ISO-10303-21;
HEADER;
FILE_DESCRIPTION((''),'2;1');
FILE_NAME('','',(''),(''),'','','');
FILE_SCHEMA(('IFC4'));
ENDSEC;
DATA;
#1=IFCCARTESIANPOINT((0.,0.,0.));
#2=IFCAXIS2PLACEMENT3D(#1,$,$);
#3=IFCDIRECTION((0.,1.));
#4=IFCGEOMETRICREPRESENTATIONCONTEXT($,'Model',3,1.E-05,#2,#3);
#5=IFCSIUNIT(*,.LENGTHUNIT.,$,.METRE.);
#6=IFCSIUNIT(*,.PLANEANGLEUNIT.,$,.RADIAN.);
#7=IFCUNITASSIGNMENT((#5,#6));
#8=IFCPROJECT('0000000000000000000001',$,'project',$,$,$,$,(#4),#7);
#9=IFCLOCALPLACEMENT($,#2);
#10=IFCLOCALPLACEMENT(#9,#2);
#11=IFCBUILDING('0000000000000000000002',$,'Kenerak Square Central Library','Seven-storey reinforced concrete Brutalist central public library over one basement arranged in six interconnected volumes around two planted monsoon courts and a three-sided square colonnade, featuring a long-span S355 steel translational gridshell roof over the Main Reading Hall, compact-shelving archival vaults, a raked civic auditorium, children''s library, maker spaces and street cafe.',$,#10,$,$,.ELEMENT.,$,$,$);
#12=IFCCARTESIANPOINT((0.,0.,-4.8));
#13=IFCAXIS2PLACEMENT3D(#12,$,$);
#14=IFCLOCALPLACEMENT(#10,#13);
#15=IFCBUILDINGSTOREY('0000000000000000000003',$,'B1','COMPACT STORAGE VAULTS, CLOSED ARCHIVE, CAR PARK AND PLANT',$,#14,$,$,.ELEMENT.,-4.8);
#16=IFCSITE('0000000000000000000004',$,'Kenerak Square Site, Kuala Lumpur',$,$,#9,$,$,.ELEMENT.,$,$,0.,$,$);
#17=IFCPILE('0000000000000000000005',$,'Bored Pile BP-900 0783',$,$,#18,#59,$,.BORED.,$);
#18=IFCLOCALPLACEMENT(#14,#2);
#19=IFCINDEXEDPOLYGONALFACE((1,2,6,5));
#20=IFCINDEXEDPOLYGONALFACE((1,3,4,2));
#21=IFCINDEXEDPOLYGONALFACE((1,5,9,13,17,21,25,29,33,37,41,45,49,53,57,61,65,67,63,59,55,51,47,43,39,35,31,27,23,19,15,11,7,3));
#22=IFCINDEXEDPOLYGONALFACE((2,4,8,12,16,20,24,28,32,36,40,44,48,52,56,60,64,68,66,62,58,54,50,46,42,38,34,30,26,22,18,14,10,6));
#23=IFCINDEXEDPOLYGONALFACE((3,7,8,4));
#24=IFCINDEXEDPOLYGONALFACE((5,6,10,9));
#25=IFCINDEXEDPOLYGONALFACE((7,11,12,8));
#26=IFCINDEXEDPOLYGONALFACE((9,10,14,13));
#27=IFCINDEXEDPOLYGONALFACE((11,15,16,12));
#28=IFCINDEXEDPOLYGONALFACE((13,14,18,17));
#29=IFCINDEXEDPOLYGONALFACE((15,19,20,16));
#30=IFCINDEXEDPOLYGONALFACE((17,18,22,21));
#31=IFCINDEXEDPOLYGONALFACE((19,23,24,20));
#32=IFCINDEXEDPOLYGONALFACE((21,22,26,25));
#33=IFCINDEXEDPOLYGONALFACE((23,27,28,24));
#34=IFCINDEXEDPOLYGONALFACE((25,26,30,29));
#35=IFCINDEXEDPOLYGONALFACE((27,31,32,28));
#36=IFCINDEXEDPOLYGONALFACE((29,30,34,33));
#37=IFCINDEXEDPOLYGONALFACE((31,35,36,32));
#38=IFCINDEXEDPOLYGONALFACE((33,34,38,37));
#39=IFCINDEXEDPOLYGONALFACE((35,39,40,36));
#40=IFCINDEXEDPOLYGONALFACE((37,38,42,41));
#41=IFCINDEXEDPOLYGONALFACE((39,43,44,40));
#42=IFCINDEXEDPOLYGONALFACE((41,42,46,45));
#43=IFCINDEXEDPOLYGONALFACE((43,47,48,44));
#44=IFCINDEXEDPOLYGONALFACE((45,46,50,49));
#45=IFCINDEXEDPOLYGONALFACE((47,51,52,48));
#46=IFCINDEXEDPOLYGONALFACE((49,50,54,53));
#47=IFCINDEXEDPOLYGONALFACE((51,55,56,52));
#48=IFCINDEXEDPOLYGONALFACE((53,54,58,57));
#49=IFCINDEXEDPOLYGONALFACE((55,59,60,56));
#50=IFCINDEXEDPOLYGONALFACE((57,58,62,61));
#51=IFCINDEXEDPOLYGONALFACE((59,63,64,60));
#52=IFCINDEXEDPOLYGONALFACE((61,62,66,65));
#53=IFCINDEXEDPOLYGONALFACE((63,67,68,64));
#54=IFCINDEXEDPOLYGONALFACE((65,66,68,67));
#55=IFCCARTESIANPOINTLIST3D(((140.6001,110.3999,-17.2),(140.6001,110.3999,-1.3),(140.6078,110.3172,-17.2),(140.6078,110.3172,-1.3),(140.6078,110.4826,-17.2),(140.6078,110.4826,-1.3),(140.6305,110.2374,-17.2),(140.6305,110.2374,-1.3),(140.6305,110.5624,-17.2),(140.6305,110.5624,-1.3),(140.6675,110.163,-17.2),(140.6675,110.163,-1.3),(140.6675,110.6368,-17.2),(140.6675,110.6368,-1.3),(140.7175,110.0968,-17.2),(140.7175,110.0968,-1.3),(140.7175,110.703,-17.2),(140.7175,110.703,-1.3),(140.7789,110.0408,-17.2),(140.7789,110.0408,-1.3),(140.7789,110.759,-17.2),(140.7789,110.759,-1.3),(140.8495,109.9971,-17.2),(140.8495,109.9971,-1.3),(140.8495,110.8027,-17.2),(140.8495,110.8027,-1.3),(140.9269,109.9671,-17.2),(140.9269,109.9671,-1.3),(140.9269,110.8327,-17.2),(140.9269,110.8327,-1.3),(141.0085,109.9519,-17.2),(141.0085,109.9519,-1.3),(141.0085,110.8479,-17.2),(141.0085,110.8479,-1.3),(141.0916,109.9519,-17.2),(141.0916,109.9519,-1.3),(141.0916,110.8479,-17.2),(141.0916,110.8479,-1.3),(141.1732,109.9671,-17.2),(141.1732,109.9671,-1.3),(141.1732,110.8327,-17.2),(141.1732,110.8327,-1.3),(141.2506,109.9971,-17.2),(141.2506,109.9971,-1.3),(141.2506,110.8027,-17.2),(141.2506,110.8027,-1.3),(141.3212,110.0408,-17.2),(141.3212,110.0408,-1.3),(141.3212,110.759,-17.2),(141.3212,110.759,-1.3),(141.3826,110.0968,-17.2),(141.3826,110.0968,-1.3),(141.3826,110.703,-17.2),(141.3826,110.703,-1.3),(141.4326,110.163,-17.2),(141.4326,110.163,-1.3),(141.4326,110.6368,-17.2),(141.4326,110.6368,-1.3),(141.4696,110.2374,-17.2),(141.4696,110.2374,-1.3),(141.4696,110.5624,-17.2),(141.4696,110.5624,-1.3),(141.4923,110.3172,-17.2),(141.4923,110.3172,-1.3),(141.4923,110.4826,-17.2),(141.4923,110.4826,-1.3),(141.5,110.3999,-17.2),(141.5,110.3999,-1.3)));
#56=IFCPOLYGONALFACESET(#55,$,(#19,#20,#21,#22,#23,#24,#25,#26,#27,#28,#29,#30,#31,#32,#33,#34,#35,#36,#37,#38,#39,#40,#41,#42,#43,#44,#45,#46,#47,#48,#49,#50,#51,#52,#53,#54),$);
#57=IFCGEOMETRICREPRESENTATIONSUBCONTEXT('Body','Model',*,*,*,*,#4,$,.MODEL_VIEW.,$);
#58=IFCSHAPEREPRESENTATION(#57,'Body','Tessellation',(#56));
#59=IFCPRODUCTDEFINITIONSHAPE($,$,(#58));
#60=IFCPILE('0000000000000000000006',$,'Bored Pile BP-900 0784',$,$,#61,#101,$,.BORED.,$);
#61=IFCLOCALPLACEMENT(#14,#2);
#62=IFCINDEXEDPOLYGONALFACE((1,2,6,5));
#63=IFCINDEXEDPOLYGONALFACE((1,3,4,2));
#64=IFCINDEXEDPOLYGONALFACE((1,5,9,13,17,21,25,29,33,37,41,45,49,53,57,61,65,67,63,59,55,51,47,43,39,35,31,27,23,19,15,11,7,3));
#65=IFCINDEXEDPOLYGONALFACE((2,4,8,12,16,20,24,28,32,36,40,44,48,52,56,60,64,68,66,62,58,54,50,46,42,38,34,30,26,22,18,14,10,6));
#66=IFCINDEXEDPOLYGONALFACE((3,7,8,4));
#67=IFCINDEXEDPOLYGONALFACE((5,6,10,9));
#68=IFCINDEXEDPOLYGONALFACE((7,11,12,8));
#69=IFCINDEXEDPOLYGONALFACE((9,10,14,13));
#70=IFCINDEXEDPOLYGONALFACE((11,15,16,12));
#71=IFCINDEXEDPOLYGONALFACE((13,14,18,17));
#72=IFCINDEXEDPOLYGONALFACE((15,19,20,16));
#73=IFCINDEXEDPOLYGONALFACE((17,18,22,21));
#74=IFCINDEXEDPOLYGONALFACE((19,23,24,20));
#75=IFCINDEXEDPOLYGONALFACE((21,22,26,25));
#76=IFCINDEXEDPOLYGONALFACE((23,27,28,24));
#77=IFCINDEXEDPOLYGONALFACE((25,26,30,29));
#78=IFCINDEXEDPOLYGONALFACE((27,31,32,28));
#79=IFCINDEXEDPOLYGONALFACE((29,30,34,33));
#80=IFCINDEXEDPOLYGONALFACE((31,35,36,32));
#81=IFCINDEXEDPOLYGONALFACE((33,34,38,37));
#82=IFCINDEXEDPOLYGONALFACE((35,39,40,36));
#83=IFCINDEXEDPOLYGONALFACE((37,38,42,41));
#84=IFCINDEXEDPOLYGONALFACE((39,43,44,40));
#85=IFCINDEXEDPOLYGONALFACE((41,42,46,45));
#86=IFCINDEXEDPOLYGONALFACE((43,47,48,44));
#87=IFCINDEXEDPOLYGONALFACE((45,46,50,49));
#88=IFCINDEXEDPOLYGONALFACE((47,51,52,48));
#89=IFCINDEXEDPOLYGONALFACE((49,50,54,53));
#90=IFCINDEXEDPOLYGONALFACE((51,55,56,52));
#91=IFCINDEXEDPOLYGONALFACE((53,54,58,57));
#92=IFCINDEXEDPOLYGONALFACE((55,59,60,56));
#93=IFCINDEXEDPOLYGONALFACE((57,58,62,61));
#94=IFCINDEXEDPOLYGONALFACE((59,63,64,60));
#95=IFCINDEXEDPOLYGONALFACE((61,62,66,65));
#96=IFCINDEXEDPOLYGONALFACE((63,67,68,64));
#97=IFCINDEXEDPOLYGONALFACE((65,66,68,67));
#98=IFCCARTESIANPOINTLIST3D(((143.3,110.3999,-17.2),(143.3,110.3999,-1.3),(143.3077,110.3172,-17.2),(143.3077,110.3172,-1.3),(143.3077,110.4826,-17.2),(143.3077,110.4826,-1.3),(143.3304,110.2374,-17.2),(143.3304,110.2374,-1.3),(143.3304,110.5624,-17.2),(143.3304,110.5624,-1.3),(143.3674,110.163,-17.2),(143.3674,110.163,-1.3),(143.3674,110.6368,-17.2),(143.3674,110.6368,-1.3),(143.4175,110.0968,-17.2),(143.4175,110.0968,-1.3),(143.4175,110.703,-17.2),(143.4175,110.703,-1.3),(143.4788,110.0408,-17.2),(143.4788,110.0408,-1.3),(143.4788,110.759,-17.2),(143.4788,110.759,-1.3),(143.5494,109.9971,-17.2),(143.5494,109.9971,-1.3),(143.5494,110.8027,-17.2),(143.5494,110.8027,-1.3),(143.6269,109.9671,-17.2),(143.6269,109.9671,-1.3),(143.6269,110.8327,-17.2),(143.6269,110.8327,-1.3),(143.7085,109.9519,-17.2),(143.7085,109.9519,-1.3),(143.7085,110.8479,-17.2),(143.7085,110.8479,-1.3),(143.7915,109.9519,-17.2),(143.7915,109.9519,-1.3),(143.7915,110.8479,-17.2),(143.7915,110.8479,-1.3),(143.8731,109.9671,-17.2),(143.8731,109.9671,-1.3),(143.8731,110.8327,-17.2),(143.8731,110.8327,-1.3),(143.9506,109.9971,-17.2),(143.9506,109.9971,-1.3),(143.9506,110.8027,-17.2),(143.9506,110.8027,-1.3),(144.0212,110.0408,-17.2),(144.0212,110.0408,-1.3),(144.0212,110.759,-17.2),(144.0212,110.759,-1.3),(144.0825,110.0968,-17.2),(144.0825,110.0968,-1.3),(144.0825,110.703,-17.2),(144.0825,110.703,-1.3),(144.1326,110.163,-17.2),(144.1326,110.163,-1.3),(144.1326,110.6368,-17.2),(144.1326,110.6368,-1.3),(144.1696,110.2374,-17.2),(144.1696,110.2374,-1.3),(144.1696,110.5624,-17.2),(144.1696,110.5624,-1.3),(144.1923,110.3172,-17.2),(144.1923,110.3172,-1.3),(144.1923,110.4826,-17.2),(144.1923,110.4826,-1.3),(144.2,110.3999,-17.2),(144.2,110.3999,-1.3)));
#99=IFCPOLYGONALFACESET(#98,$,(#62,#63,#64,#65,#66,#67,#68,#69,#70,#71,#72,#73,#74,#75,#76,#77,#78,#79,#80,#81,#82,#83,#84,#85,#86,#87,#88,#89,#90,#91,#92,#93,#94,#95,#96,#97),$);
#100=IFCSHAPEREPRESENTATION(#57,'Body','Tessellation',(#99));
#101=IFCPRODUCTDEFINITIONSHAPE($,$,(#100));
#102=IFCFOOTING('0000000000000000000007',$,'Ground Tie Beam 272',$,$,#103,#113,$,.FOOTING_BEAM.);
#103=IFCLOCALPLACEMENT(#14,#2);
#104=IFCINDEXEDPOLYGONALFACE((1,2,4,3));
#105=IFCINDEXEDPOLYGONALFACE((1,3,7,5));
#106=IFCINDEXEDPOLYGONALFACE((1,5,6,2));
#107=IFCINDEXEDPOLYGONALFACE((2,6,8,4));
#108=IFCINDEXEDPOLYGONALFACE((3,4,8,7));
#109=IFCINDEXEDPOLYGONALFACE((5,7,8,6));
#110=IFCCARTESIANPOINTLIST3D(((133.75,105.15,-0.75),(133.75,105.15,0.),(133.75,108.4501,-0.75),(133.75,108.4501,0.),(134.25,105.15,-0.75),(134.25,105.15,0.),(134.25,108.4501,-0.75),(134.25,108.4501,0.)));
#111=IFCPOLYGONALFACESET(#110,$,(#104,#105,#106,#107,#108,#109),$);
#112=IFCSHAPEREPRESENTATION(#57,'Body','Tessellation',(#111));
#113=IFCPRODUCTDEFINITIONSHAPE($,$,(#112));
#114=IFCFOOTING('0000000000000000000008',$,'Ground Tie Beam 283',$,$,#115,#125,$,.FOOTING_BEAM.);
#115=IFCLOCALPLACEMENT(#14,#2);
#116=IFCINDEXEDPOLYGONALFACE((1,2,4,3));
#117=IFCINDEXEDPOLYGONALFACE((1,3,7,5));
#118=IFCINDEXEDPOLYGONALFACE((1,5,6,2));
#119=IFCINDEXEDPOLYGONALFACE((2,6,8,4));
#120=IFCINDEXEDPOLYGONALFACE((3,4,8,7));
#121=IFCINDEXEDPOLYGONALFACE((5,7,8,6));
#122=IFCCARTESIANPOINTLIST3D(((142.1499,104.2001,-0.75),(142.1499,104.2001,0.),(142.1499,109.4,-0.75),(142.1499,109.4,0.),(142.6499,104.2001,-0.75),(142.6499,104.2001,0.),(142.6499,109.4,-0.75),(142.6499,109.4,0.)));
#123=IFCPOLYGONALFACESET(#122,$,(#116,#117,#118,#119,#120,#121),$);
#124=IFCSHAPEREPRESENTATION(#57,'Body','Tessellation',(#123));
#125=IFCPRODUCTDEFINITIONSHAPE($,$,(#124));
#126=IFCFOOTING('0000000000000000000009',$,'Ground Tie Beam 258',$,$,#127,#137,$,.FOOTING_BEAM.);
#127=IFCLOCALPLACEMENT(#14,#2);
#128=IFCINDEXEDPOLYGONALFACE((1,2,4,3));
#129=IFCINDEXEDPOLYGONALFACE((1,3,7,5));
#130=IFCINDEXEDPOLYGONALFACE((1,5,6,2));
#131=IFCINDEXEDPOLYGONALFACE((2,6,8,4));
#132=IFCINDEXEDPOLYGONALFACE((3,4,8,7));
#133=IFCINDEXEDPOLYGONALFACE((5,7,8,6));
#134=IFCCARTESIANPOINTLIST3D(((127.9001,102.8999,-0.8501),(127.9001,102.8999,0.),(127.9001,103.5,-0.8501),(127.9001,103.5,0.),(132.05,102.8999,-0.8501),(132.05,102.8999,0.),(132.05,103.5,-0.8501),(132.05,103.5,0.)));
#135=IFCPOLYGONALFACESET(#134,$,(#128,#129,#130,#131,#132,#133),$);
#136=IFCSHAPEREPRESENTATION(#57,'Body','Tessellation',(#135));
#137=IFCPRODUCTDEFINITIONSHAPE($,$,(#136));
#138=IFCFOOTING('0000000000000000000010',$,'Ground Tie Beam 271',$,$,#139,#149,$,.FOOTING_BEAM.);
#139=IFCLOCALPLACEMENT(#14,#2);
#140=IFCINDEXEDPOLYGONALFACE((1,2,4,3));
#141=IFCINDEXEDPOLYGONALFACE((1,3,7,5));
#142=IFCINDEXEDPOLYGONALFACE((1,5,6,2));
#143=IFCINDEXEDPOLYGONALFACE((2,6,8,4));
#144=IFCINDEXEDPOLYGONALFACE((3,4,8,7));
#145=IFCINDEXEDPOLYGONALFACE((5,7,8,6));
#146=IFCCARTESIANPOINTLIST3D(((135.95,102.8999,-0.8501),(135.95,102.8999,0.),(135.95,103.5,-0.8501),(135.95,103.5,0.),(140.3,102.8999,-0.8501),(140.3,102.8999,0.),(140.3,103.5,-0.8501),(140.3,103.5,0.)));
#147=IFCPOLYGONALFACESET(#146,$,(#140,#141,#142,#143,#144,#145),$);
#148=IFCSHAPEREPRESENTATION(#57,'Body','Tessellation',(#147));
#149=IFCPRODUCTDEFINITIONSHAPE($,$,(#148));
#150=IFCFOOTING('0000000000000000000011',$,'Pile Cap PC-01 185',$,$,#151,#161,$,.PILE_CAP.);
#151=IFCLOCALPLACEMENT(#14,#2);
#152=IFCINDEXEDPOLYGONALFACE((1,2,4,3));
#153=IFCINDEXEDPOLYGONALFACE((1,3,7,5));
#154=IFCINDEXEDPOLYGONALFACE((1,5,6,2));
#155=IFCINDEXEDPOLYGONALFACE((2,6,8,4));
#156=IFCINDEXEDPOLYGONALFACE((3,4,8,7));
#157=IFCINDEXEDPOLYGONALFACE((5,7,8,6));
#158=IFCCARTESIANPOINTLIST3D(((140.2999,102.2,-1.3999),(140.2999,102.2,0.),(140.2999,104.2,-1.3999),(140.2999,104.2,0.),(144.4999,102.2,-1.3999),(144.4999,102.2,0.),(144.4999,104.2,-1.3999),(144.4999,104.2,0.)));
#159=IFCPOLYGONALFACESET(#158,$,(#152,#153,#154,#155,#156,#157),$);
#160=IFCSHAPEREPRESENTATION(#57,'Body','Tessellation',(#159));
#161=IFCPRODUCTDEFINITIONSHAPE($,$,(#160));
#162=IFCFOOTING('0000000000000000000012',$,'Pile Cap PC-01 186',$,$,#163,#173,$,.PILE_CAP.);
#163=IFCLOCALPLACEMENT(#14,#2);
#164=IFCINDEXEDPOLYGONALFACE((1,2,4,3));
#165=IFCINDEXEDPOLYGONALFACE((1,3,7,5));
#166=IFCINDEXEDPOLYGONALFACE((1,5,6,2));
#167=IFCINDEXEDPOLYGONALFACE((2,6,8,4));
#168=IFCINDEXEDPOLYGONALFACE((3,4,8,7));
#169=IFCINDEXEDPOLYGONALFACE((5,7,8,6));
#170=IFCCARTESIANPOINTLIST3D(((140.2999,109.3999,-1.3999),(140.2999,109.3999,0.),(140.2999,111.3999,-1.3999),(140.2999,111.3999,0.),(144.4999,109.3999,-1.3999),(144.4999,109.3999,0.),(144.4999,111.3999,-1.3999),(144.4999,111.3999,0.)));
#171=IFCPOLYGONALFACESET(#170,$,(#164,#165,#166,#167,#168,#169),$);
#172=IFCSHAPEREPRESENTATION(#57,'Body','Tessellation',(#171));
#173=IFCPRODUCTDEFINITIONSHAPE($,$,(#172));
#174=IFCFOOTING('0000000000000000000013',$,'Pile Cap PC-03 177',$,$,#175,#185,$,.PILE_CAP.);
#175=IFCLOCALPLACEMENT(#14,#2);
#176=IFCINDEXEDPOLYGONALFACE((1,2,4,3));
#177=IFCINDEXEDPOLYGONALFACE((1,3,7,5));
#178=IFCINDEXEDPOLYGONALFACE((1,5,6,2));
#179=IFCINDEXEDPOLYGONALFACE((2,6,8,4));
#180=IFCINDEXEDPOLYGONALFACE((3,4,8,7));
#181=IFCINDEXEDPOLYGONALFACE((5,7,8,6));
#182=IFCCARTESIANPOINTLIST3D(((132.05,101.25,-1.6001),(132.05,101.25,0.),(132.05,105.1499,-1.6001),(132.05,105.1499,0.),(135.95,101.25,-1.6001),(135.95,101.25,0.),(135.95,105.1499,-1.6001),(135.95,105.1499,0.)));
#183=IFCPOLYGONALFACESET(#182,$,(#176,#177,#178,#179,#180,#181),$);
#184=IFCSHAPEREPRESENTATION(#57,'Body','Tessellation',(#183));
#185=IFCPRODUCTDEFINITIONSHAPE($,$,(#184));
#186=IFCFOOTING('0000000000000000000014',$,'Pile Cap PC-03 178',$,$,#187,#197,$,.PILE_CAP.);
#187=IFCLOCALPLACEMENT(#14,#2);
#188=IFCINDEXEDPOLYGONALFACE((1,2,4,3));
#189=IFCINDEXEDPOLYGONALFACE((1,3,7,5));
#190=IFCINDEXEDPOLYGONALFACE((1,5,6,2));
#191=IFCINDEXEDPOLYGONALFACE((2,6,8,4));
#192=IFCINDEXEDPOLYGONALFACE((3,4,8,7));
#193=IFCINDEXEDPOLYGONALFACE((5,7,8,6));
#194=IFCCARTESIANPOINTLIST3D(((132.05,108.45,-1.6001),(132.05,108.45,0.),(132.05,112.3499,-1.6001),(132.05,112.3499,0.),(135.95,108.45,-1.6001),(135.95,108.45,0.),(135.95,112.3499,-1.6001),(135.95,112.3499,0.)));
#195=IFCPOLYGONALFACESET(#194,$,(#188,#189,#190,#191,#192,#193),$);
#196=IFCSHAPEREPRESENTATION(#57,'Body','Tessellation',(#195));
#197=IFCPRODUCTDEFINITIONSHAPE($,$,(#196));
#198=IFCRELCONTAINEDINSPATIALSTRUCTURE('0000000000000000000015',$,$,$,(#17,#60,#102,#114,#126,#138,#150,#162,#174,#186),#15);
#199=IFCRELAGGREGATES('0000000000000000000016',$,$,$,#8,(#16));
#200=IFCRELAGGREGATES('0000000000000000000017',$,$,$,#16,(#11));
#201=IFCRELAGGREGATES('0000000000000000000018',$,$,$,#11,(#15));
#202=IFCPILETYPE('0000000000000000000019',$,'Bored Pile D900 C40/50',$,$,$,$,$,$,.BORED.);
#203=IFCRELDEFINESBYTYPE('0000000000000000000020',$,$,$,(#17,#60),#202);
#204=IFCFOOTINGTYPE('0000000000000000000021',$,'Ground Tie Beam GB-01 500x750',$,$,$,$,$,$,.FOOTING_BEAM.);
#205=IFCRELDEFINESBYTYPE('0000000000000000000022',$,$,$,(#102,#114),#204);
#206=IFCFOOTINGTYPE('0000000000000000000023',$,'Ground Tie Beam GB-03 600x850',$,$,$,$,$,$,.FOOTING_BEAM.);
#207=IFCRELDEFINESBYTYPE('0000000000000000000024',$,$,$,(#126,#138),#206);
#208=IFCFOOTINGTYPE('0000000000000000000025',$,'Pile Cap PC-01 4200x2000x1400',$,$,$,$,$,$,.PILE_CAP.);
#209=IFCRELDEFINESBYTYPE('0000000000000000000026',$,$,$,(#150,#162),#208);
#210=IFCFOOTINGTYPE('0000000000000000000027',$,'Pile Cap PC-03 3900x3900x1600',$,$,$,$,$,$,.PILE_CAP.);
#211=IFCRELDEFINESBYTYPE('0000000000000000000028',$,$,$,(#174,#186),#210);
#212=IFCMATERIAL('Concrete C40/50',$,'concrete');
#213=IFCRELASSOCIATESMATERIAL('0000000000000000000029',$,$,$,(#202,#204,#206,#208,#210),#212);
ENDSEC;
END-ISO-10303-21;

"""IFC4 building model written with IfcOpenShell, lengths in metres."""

from ifc_helpers import new_model, si_unit, direction, frame, origin, origin_2d, place, context, subcontext, project, spatial, rectangle, circle, extrude, material, material_profile, profile_set, type_object, element, save


model = new_model("IFC4")

# Units and contexts
model_context = context("Model", 3, precision=1e-05, world=origin(), true_north=direction((0.0, 1.0)))
body_context = subcontext(model_context, "Body", "Model", "MODEL_VIEW")
ifc_project = project(units=[si_unit("LENGTHUNIT", "METRE"), si_unit("PLANEANGLEUNIT", "RADIAN")], contexts=[model_context])

# Site, building, storey
site_placement = place(None, origin())
site = spatial("IfcSite", under=ifc_project, at=site_placement, Name="Kenerak Square Site, Kuala Lumpur", CompositionType="ELEMENT", RefElevation=0.0)
building_placement = place(site_placement, origin())
building = spatial("IfcBuilding", under=site, at=building_placement, Name="Kenerak Square Central Library", Description="Seven-storey reinforced concrete Brutalist central public library over one basement arranged in six interconnected volumes around two planted monsoon courts and a three-sided square colonnade, featuring a long-span S355 steel translational gridshell roof over the Main Reading Hall, compact-shelving archival vaults, a raked civic auditorium, children's library, maker spaces and street cafe.", CompositionType="ELEMENT")
storey_placement = place(building_placement, frame((0.0, 0.0, -4.8)))
storey = spatial("IfcBuildingStorey", under=building, at=storey_placement, Name="B1", Description="COMPACT STORAGE VAULTS, CLOSED ARCHIVE, CAR PARK AND PLANT", CompositionType="ELEMENT", Elevation=-4.8)

# Piles
ifc_material_1 = material(Name="Concrete C40/50", Category="concrete")
ifc_material_profile_1 = material_profile(ifc_material_1, circle(Radius=0.45, at=origin_2d()), Name="BP D900")
ifc_profile_set_1 = profile_set([ifc_material_profile_1], Name="Concrete C40/50")
pile_type_1 = type_object("IfcPileType", Name="Bored Pile D900 C40/50", PredefinedType="BORED", material=ifc_profile_set_1)
for number, where, z_axis, x_axis, name in (
    (1, (141.05, 110.3999, -1.3), (0.0, 0.0, -1.0), (1.0, 0.0, 0.0), "Bored Pile BP-900 0783"),
    (2, (143.75, 110.3999, -1.3), (0.0, 0.0, -1.0), (1.0, 0.0, 0.0), "Bored Pile BP-900 0784"),
):
    element("IfcPile", number, at=place(storey_placement, frame(where, z_axis=z_axis, x_axis=x_axis)), inside=storey, type_object=pile_type_1, Name=name, PredefinedType="BORED", context=body_context, shape_type="SweptSolid", body=[
        extrude(circle(Radius=0.45, at=origin_2d()), origin(), (0.0, 0.0, 1.0), 15.8999),
    ])

# Footings
footing_type_1 = type_object("IfcFootingType", Name="Ground Tie Beam GB-01 500x750", PredefinedType="FOOTING_BEAM", material=ifc_material_1)
footing_1_placement = place(storey_placement, frame((134.0, 106.8, -0.75), z_axis=(0.0, 0.0, 1.0), x_axis=(1.0, 0.0, 0.0)))
element("IfcFooting", 3, at=footing_1_placement, inside=storey, type_object=footing_type_1, Name="Ground Tie Beam 272", PredefinedType="FOOTING_BEAM", context=body_context, shape_type="SweptSolid", body=[
    extrude(rectangle(XDim=0.5, YDim=3.3, at=origin_2d()), origin(), (0.0, 0.0, 1.0), 0.75),
])
footing_2_placement = place(storey_placement, frame((142.3999, 106.8, -0.75), z_axis=(0.0, 0.0, 1.0), x_axis=(1.0, 0.0, 0.0)))
element("IfcFooting", 4, at=footing_2_placement, inside=storey, type_object=footing_type_1, Name="Ground Tie Beam 283", PredefinedType="FOOTING_BEAM", context=body_context, shape_type="SweptSolid", body=[
    extrude(rectangle(XDim=0.5, YDim=5.2, at=origin_2d()), origin(), (0.0, 0.0, 1.0), 0.75),
])
footing_type_2 = type_object("IfcFootingType", Name="Ground Tie Beam GB-03 600x850", PredefinedType="FOOTING_BEAM", material=ifc_material_1)
footing_3_placement = place(storey_placement, frame((129.9751, 103.2, -0.8501), z_axis=(0.0, 0.0, 1.0), x_axis=(1.0, 0.0, 0.0)))
element("IfcFooting", 5, at=footing_3_placement, inside=storey, type_object=footing_type_2, Name="Ground Tie Beam 258", PredefinedType="FOOTING_BEAM", context=body_context, shape_type="SweptSolid", body=[
    extrude(rectangle(XDim=4.1499, YDim=0.6001, at=origin_2d()), origin(), (0.0, 0.0, 1.0), 0.8501),
])
footing_4_placement = place(storey_placement, frame((138.125, 103.2, -0.8501), z_axis=(0.0, 0.0, 1.0), x_axis=(1.0, 0.0, 0.0)))
element("IfcFooting", 6, at=footing_4_placement, inside=storey, type_object=footing_type_2, Name="Ground Tie Beam 271", PredefinedType="FOOTING_BEAM", context=body_context, shape_type="SweptSolid", body=[
    extrude(rectangle(XDim=4.3501, YDim=0.6001, at=origin_2d()), origin(), (0.0, 0.0, 1.0), 0.8501),
])
footing_type_3 = type_object("IfcFootingType", Name="Pile Cap PC-01 4200x2000x1400", PredefinedType="PILE_CAP", material=ifc_material_1)
for number, where, z_axis, x_axis, name in (
    (7, (142.3999, 103.2, -1.3999), (0.0, 0.0, 1.0), (1.0, 0.0, 0.0), "Pile Cap PC-01 185"),
    (8, (142.3999, 110.3999, -1.3999), (0.0, 0.0, 1.0), (1.0, 0.0, 0.0), "Pile Cap PC-01 186"),
):
    element("IfcFooting", number, at=place(storey_placement, frame(where, z_axis=z_axis, x_axis=x_axis)), inside=storey, type_object=footing_type_3, Name=name, PredefinedType="PILE_CAP", context=body_context, shape_type="SweptSolid", body=[
        extrude(rectangle(XDim=4.2, YDim=2.0, at=origin_2d()), origin(), (0.0, 0.0, 1.0), 1.3999),
    ])
footing_type_4 = type_object("IfcFootingType", Name="Pile Cap PC-03 3900x3900x1600", PredefinedType="PILE_CAP", material=ifc_material_1)
for number, where, z_axis, x_axis, name in (
    (9, (134.0, 103.2, -1.6001), (0.0, 0.0, 1.0), (1.0, 0.0, 0.0), "Pile Cap PC-03 177"),
    (10, (134.0, 110.3999, -1.6001), (0.0, 0.0, 1.0), (1.0, 0.0, 0.0), "Pile Cap PC-03 178"),
):
    element("IfcFooting", number, at=place(storey_placement, frame(where, z_axis=z_axis, x_axis=x_axis)), inside=storey, type_object=footing_type_4, Name=name, PredefinedType="PILE_CAP", context=body_context, shape_type="SweptSolid", body=[
        extrude(rectangle(XDim=3.8999, YDim=3.8999, at=origin_2d()), origin(), (0.0, 0.0, 1.0), 1.6001),
    ])

save(model, "model.ifc")
